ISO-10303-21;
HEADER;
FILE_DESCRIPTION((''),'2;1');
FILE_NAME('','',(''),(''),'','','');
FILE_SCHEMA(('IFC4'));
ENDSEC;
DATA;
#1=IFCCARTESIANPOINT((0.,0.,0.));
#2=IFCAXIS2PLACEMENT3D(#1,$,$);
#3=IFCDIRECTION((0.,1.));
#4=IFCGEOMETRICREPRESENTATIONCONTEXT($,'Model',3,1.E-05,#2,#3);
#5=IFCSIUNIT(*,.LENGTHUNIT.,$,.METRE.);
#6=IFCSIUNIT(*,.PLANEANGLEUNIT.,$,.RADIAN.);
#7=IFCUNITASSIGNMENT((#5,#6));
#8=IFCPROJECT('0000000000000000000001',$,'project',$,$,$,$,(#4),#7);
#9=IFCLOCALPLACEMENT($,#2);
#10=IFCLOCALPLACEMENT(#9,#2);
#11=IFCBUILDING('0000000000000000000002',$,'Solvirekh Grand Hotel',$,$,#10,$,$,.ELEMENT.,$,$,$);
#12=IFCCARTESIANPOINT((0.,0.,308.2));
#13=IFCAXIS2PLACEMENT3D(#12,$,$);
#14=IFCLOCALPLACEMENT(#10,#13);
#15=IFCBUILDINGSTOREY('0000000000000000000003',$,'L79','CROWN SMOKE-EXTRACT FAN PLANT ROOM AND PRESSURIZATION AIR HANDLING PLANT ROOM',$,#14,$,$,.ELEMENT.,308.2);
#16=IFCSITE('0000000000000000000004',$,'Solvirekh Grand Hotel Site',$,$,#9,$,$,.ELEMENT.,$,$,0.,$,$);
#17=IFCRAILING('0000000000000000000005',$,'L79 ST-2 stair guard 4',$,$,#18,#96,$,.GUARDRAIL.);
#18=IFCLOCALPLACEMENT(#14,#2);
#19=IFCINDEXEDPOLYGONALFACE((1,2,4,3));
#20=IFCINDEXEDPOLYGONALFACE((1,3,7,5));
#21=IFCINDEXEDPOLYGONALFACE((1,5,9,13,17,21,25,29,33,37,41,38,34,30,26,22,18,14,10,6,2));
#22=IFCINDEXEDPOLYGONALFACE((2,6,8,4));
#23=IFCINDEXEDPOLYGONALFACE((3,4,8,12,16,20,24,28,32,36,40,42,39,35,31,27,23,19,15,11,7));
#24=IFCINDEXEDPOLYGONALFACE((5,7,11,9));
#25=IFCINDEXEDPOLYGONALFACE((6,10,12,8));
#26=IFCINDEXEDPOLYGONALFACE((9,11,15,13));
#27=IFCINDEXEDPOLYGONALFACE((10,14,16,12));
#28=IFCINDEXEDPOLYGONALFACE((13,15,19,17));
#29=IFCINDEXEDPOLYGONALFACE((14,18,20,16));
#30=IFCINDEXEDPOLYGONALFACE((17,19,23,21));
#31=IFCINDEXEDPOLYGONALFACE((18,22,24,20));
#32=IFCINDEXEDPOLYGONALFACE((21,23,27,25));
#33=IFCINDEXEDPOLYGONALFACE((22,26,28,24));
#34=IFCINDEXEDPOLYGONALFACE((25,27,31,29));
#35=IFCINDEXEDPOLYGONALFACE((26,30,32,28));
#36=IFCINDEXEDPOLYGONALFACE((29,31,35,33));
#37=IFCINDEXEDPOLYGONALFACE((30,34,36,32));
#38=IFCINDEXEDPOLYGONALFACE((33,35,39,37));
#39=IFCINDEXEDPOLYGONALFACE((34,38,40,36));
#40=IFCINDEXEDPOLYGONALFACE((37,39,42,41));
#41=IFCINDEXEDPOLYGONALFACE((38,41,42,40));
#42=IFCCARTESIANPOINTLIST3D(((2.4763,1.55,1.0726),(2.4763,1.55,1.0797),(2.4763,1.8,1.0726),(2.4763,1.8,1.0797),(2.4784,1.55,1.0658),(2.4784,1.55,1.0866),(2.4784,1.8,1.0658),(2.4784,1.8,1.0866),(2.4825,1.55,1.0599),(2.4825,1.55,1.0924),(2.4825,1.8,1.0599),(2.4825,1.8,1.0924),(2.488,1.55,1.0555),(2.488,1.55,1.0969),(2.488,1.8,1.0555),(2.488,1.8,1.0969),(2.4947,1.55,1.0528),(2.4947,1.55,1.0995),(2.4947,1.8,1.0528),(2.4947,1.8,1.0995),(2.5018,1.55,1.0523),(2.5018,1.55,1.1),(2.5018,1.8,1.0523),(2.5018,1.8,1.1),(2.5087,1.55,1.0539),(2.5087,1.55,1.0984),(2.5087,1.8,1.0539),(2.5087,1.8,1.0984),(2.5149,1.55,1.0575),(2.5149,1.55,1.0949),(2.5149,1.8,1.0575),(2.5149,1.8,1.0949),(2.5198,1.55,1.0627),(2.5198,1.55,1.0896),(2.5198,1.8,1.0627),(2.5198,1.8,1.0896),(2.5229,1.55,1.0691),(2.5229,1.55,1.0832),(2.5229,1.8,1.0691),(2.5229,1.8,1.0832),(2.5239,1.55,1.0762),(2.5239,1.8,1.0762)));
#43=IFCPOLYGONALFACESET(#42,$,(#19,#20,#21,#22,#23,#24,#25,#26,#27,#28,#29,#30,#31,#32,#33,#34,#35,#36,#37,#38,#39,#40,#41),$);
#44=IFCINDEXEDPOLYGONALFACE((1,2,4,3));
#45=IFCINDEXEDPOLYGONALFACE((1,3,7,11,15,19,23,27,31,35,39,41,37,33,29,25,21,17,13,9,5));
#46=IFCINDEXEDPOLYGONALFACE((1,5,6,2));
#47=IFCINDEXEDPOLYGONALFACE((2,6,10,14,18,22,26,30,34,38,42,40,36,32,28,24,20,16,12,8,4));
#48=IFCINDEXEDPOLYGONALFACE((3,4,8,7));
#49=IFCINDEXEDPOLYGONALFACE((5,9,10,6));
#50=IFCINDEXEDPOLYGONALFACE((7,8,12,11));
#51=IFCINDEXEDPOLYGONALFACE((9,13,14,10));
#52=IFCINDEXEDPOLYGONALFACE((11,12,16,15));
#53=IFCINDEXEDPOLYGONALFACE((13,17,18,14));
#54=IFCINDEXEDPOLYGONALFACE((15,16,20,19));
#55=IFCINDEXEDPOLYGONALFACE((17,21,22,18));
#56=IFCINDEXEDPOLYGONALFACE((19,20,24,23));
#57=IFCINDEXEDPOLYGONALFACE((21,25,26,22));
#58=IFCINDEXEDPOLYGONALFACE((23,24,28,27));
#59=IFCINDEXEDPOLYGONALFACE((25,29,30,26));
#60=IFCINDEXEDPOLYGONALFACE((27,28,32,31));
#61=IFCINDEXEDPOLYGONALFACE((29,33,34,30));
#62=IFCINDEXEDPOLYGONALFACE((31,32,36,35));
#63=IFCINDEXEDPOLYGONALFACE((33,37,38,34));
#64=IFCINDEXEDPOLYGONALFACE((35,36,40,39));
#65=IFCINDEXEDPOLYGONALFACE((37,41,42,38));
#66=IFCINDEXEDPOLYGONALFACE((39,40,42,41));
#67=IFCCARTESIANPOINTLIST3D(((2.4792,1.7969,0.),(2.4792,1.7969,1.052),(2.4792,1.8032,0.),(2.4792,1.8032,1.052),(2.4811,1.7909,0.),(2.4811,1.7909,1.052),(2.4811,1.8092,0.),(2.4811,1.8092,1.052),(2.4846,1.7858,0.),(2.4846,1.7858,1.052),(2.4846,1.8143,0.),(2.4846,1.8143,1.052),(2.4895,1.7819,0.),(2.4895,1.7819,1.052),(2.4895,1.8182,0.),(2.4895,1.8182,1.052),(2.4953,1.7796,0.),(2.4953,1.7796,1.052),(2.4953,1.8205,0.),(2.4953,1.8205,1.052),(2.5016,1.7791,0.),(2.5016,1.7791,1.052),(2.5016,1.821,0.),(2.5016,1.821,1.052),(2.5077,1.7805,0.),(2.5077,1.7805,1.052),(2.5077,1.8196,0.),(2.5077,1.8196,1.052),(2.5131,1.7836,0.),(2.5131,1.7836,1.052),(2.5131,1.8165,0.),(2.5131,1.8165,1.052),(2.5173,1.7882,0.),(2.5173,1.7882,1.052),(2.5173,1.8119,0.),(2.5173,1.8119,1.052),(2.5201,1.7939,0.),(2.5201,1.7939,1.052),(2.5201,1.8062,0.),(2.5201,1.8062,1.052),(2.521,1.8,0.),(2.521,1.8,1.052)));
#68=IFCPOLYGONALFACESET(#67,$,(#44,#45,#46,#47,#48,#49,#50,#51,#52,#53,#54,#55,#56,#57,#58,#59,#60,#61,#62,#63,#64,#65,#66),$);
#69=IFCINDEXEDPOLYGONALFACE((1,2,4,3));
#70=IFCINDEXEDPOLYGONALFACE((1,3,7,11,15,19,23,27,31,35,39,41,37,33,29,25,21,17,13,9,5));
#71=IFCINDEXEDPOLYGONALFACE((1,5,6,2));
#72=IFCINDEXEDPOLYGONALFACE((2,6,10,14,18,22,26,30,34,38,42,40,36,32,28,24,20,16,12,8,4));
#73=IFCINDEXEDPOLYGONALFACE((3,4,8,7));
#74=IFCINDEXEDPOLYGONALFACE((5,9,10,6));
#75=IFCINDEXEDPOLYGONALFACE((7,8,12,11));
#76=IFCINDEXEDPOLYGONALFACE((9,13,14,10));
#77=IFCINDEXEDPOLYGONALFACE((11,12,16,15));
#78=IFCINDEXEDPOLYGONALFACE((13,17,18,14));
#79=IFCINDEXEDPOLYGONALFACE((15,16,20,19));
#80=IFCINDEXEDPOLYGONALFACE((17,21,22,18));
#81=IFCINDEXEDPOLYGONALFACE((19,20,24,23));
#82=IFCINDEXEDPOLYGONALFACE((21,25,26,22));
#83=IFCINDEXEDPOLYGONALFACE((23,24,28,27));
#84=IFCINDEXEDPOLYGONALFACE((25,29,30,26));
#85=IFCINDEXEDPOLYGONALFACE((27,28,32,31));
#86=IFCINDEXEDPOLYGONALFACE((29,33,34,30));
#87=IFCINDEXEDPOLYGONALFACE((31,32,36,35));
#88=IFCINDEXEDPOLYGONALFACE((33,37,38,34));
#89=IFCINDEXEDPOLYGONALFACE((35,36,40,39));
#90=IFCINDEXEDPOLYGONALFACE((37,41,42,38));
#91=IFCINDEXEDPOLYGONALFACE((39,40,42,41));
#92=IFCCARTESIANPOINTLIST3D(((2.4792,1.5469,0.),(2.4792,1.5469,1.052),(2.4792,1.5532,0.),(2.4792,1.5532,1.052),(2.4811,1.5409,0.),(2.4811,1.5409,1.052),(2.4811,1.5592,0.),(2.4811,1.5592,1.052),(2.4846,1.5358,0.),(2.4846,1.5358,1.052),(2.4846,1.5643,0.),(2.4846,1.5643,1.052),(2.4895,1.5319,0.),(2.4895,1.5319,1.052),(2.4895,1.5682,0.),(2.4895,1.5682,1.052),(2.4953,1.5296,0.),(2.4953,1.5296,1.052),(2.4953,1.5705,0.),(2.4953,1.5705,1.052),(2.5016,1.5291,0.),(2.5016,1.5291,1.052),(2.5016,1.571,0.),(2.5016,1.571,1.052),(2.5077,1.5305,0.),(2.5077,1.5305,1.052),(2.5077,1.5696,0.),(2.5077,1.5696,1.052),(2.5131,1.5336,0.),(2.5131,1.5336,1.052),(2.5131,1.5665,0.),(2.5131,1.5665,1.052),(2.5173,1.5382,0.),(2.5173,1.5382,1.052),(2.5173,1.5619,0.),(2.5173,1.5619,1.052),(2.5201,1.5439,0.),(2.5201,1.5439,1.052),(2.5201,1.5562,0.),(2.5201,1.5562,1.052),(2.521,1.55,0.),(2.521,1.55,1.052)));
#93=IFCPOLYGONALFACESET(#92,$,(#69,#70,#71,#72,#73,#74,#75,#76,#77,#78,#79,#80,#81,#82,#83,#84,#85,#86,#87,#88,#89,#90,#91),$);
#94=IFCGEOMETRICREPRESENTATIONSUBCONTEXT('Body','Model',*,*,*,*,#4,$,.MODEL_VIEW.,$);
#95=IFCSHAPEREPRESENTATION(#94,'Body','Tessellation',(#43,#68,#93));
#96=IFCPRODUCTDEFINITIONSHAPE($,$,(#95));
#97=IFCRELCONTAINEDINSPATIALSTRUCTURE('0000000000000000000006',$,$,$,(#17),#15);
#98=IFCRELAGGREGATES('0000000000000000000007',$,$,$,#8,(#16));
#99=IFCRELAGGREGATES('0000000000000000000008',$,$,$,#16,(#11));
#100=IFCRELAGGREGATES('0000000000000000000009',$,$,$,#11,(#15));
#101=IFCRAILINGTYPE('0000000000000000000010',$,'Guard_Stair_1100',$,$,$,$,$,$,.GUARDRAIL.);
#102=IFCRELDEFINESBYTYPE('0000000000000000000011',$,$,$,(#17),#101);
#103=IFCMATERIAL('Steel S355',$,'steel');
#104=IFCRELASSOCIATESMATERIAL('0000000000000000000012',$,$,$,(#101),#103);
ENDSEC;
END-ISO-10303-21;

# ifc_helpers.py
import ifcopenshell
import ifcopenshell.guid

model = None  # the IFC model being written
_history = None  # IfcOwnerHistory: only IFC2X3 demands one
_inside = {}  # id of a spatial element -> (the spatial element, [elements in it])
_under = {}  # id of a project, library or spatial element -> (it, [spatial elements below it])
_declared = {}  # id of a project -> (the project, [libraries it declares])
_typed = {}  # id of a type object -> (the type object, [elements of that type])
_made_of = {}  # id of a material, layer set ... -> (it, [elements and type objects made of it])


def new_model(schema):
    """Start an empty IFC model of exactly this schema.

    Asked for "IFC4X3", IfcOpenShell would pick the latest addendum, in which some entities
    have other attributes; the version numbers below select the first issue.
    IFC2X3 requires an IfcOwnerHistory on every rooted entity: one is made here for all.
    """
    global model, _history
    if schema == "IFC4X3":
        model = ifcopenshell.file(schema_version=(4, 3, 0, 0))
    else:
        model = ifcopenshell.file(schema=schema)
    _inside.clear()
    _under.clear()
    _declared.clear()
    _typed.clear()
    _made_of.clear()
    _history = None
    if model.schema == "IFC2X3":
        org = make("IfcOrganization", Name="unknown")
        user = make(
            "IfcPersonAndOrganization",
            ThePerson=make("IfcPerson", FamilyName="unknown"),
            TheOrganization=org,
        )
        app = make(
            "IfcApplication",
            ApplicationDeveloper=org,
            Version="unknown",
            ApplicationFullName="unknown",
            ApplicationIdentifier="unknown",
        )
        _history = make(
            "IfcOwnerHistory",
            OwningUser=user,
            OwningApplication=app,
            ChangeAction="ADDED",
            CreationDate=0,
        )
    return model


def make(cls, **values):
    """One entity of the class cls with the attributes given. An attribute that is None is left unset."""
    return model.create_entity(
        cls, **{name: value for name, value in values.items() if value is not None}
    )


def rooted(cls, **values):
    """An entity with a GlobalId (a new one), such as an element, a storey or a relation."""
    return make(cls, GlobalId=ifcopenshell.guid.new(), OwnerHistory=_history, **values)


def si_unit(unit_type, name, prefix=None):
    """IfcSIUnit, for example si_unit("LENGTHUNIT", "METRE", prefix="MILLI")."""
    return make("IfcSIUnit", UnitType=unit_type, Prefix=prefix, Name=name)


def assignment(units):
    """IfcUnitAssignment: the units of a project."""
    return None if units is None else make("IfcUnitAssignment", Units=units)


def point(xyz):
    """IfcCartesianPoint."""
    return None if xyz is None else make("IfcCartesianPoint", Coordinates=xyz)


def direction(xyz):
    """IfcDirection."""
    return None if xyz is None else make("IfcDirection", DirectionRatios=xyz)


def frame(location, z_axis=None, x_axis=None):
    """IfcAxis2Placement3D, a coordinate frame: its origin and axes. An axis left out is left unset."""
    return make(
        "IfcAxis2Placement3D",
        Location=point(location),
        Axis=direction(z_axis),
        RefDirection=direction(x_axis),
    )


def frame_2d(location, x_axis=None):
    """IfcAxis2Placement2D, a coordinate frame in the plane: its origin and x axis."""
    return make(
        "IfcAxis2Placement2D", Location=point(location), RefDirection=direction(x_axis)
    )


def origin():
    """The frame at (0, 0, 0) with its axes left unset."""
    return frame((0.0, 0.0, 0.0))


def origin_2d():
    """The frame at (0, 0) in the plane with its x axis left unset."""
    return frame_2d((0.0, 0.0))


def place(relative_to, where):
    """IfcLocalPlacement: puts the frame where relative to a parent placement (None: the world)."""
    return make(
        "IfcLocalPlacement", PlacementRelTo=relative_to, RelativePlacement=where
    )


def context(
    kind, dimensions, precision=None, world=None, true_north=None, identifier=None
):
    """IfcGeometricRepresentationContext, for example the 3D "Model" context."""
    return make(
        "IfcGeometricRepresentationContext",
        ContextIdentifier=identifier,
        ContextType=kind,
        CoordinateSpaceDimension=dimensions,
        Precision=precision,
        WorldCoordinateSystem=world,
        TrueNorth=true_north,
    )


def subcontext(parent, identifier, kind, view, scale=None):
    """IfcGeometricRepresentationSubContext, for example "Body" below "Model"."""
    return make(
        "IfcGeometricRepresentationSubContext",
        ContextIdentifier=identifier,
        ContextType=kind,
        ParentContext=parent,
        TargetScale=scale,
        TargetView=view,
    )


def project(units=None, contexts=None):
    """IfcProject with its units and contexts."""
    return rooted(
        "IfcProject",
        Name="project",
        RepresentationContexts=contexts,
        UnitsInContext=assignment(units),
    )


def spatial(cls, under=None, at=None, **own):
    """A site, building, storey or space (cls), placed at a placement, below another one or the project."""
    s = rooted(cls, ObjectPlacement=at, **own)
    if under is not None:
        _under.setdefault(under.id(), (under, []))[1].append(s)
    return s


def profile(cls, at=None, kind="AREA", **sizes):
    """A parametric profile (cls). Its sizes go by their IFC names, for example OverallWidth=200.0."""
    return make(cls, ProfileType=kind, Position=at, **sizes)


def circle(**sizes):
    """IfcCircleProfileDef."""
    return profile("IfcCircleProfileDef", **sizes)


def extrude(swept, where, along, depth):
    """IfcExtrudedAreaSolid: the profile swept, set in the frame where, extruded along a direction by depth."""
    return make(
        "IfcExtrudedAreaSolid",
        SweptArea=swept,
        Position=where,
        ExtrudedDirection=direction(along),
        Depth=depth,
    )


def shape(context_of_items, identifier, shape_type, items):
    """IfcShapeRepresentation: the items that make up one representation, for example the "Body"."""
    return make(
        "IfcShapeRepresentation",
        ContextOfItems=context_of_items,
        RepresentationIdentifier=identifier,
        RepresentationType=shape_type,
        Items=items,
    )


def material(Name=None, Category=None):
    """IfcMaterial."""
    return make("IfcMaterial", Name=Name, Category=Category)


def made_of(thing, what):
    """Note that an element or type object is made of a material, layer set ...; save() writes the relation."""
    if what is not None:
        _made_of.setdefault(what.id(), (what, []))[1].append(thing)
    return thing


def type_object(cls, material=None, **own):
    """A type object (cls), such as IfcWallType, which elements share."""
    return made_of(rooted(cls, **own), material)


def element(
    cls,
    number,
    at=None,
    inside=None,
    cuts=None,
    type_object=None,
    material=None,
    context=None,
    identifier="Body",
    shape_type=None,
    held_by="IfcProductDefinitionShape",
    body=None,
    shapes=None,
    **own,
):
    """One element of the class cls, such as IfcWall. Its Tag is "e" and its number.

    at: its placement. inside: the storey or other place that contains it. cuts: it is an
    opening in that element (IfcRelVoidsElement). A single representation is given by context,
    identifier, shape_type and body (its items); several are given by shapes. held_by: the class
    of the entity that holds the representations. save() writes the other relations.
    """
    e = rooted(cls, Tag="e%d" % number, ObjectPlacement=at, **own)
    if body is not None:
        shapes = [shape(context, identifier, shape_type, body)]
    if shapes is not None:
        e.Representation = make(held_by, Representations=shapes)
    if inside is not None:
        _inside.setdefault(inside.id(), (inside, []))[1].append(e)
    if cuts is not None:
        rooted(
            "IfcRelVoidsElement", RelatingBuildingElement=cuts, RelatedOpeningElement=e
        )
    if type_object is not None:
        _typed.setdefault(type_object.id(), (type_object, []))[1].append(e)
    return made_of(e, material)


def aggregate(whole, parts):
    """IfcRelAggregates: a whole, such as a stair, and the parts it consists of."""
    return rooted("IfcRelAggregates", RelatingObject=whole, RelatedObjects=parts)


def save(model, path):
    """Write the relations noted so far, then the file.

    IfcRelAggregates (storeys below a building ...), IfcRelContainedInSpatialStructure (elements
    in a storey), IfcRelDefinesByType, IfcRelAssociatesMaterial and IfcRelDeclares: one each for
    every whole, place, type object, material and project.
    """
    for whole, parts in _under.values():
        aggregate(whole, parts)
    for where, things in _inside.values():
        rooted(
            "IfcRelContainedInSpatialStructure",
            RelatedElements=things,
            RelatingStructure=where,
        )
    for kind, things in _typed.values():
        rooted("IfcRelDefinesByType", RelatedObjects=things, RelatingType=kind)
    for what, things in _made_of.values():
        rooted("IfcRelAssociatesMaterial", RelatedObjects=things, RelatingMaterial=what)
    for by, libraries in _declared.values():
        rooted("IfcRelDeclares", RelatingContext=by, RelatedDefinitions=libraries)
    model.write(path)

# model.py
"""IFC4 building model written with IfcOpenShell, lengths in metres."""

from ifc_helpers import new_model, si_unit, direction, frame, origin, origin_2d, place, context, subcontext, project, spatial, circle, extrude, material, type_object, element, save


model = new_model("IFC4")

# Units and contexts
model_context = context("Model", 3, precision=1e-05, world=origin(), true_north=direction((0.0, 1.0)))
body_context = subcontext(model_context, "Body", "Model", "MODEL_VIEW")
ifc_project = project(units=[si_unit("LENGTHUNIT", "METRE"), si_unit("PLANEANGLEUNIT", "RADIAN")], contexts=[model_context])

# Site, building, storey
site_placement = place(None, origin())
site = spatial("IfcSite", under=ifc_project, at=site_placement, Name="Solvirekh Grand Hotel Site", CompositionType="ELEMENT", RefElevation=0.0)
building_placement = place(site_placement, origin())
building = spatial("IfcBuilding", under=site, at=building_placement, Name="Solvirekh Grand Hotel", CompositionType="ELEMENT")
storey_placement = place(building_placement, frame((0.0, 0.0, 308.2)))
storey = spatial("IfcBuildingStorey", under=building, at=storey_placement, Name="L79", Description="CROWN SMOKE-EXTRACT FAN PLANT ROOM AND PRESSURIZATION AIR HANDLING PLANT ROOM", CompositionType="ELEMENT", Elevation=308.2)

# Shared definitions
ifc_material_1 = material(Name="Steel S355", Category="steel")

# Railing
railing_type_1 = type_object("IfcRailingType", Name="Guard_Stair_1100", PredefinedType="GUARDRAIL", material=ifc_material_1)
railing_1_placement = place(storey_placement, frame((2.5, 1.8, 0.0)))
element("IfcRailing", 1, at=railing_1_placement, inside=storey, type_object=railing_type_1, Name="L79 ST-2 stair guard 4", PredefinedType="GUARDRAIL", context=body_context, shape_type="SweptSolid", body=[
    extrude(circle(Radius=0.0239, at=origin_2d()), frame((0.0, 0.0, 1.0762), z_axis=(0.0, -1.0, 0.0), x_axis=(1.0, 0.0, 0.0)), (0.0, 0.0, 1.0), 0.25),
    extrude(circle(Radius=0.021, at=origin_2d()), origin(), (0.0, 0.0, 1.0), 1.052),
    extrude(circle(Radius=0.021, at=origin_2d()), frame((0.0, -0.25, 0.0)), (0.0, 0.0, 1.0), 1.052),
])

save(model, "model.ifc")
